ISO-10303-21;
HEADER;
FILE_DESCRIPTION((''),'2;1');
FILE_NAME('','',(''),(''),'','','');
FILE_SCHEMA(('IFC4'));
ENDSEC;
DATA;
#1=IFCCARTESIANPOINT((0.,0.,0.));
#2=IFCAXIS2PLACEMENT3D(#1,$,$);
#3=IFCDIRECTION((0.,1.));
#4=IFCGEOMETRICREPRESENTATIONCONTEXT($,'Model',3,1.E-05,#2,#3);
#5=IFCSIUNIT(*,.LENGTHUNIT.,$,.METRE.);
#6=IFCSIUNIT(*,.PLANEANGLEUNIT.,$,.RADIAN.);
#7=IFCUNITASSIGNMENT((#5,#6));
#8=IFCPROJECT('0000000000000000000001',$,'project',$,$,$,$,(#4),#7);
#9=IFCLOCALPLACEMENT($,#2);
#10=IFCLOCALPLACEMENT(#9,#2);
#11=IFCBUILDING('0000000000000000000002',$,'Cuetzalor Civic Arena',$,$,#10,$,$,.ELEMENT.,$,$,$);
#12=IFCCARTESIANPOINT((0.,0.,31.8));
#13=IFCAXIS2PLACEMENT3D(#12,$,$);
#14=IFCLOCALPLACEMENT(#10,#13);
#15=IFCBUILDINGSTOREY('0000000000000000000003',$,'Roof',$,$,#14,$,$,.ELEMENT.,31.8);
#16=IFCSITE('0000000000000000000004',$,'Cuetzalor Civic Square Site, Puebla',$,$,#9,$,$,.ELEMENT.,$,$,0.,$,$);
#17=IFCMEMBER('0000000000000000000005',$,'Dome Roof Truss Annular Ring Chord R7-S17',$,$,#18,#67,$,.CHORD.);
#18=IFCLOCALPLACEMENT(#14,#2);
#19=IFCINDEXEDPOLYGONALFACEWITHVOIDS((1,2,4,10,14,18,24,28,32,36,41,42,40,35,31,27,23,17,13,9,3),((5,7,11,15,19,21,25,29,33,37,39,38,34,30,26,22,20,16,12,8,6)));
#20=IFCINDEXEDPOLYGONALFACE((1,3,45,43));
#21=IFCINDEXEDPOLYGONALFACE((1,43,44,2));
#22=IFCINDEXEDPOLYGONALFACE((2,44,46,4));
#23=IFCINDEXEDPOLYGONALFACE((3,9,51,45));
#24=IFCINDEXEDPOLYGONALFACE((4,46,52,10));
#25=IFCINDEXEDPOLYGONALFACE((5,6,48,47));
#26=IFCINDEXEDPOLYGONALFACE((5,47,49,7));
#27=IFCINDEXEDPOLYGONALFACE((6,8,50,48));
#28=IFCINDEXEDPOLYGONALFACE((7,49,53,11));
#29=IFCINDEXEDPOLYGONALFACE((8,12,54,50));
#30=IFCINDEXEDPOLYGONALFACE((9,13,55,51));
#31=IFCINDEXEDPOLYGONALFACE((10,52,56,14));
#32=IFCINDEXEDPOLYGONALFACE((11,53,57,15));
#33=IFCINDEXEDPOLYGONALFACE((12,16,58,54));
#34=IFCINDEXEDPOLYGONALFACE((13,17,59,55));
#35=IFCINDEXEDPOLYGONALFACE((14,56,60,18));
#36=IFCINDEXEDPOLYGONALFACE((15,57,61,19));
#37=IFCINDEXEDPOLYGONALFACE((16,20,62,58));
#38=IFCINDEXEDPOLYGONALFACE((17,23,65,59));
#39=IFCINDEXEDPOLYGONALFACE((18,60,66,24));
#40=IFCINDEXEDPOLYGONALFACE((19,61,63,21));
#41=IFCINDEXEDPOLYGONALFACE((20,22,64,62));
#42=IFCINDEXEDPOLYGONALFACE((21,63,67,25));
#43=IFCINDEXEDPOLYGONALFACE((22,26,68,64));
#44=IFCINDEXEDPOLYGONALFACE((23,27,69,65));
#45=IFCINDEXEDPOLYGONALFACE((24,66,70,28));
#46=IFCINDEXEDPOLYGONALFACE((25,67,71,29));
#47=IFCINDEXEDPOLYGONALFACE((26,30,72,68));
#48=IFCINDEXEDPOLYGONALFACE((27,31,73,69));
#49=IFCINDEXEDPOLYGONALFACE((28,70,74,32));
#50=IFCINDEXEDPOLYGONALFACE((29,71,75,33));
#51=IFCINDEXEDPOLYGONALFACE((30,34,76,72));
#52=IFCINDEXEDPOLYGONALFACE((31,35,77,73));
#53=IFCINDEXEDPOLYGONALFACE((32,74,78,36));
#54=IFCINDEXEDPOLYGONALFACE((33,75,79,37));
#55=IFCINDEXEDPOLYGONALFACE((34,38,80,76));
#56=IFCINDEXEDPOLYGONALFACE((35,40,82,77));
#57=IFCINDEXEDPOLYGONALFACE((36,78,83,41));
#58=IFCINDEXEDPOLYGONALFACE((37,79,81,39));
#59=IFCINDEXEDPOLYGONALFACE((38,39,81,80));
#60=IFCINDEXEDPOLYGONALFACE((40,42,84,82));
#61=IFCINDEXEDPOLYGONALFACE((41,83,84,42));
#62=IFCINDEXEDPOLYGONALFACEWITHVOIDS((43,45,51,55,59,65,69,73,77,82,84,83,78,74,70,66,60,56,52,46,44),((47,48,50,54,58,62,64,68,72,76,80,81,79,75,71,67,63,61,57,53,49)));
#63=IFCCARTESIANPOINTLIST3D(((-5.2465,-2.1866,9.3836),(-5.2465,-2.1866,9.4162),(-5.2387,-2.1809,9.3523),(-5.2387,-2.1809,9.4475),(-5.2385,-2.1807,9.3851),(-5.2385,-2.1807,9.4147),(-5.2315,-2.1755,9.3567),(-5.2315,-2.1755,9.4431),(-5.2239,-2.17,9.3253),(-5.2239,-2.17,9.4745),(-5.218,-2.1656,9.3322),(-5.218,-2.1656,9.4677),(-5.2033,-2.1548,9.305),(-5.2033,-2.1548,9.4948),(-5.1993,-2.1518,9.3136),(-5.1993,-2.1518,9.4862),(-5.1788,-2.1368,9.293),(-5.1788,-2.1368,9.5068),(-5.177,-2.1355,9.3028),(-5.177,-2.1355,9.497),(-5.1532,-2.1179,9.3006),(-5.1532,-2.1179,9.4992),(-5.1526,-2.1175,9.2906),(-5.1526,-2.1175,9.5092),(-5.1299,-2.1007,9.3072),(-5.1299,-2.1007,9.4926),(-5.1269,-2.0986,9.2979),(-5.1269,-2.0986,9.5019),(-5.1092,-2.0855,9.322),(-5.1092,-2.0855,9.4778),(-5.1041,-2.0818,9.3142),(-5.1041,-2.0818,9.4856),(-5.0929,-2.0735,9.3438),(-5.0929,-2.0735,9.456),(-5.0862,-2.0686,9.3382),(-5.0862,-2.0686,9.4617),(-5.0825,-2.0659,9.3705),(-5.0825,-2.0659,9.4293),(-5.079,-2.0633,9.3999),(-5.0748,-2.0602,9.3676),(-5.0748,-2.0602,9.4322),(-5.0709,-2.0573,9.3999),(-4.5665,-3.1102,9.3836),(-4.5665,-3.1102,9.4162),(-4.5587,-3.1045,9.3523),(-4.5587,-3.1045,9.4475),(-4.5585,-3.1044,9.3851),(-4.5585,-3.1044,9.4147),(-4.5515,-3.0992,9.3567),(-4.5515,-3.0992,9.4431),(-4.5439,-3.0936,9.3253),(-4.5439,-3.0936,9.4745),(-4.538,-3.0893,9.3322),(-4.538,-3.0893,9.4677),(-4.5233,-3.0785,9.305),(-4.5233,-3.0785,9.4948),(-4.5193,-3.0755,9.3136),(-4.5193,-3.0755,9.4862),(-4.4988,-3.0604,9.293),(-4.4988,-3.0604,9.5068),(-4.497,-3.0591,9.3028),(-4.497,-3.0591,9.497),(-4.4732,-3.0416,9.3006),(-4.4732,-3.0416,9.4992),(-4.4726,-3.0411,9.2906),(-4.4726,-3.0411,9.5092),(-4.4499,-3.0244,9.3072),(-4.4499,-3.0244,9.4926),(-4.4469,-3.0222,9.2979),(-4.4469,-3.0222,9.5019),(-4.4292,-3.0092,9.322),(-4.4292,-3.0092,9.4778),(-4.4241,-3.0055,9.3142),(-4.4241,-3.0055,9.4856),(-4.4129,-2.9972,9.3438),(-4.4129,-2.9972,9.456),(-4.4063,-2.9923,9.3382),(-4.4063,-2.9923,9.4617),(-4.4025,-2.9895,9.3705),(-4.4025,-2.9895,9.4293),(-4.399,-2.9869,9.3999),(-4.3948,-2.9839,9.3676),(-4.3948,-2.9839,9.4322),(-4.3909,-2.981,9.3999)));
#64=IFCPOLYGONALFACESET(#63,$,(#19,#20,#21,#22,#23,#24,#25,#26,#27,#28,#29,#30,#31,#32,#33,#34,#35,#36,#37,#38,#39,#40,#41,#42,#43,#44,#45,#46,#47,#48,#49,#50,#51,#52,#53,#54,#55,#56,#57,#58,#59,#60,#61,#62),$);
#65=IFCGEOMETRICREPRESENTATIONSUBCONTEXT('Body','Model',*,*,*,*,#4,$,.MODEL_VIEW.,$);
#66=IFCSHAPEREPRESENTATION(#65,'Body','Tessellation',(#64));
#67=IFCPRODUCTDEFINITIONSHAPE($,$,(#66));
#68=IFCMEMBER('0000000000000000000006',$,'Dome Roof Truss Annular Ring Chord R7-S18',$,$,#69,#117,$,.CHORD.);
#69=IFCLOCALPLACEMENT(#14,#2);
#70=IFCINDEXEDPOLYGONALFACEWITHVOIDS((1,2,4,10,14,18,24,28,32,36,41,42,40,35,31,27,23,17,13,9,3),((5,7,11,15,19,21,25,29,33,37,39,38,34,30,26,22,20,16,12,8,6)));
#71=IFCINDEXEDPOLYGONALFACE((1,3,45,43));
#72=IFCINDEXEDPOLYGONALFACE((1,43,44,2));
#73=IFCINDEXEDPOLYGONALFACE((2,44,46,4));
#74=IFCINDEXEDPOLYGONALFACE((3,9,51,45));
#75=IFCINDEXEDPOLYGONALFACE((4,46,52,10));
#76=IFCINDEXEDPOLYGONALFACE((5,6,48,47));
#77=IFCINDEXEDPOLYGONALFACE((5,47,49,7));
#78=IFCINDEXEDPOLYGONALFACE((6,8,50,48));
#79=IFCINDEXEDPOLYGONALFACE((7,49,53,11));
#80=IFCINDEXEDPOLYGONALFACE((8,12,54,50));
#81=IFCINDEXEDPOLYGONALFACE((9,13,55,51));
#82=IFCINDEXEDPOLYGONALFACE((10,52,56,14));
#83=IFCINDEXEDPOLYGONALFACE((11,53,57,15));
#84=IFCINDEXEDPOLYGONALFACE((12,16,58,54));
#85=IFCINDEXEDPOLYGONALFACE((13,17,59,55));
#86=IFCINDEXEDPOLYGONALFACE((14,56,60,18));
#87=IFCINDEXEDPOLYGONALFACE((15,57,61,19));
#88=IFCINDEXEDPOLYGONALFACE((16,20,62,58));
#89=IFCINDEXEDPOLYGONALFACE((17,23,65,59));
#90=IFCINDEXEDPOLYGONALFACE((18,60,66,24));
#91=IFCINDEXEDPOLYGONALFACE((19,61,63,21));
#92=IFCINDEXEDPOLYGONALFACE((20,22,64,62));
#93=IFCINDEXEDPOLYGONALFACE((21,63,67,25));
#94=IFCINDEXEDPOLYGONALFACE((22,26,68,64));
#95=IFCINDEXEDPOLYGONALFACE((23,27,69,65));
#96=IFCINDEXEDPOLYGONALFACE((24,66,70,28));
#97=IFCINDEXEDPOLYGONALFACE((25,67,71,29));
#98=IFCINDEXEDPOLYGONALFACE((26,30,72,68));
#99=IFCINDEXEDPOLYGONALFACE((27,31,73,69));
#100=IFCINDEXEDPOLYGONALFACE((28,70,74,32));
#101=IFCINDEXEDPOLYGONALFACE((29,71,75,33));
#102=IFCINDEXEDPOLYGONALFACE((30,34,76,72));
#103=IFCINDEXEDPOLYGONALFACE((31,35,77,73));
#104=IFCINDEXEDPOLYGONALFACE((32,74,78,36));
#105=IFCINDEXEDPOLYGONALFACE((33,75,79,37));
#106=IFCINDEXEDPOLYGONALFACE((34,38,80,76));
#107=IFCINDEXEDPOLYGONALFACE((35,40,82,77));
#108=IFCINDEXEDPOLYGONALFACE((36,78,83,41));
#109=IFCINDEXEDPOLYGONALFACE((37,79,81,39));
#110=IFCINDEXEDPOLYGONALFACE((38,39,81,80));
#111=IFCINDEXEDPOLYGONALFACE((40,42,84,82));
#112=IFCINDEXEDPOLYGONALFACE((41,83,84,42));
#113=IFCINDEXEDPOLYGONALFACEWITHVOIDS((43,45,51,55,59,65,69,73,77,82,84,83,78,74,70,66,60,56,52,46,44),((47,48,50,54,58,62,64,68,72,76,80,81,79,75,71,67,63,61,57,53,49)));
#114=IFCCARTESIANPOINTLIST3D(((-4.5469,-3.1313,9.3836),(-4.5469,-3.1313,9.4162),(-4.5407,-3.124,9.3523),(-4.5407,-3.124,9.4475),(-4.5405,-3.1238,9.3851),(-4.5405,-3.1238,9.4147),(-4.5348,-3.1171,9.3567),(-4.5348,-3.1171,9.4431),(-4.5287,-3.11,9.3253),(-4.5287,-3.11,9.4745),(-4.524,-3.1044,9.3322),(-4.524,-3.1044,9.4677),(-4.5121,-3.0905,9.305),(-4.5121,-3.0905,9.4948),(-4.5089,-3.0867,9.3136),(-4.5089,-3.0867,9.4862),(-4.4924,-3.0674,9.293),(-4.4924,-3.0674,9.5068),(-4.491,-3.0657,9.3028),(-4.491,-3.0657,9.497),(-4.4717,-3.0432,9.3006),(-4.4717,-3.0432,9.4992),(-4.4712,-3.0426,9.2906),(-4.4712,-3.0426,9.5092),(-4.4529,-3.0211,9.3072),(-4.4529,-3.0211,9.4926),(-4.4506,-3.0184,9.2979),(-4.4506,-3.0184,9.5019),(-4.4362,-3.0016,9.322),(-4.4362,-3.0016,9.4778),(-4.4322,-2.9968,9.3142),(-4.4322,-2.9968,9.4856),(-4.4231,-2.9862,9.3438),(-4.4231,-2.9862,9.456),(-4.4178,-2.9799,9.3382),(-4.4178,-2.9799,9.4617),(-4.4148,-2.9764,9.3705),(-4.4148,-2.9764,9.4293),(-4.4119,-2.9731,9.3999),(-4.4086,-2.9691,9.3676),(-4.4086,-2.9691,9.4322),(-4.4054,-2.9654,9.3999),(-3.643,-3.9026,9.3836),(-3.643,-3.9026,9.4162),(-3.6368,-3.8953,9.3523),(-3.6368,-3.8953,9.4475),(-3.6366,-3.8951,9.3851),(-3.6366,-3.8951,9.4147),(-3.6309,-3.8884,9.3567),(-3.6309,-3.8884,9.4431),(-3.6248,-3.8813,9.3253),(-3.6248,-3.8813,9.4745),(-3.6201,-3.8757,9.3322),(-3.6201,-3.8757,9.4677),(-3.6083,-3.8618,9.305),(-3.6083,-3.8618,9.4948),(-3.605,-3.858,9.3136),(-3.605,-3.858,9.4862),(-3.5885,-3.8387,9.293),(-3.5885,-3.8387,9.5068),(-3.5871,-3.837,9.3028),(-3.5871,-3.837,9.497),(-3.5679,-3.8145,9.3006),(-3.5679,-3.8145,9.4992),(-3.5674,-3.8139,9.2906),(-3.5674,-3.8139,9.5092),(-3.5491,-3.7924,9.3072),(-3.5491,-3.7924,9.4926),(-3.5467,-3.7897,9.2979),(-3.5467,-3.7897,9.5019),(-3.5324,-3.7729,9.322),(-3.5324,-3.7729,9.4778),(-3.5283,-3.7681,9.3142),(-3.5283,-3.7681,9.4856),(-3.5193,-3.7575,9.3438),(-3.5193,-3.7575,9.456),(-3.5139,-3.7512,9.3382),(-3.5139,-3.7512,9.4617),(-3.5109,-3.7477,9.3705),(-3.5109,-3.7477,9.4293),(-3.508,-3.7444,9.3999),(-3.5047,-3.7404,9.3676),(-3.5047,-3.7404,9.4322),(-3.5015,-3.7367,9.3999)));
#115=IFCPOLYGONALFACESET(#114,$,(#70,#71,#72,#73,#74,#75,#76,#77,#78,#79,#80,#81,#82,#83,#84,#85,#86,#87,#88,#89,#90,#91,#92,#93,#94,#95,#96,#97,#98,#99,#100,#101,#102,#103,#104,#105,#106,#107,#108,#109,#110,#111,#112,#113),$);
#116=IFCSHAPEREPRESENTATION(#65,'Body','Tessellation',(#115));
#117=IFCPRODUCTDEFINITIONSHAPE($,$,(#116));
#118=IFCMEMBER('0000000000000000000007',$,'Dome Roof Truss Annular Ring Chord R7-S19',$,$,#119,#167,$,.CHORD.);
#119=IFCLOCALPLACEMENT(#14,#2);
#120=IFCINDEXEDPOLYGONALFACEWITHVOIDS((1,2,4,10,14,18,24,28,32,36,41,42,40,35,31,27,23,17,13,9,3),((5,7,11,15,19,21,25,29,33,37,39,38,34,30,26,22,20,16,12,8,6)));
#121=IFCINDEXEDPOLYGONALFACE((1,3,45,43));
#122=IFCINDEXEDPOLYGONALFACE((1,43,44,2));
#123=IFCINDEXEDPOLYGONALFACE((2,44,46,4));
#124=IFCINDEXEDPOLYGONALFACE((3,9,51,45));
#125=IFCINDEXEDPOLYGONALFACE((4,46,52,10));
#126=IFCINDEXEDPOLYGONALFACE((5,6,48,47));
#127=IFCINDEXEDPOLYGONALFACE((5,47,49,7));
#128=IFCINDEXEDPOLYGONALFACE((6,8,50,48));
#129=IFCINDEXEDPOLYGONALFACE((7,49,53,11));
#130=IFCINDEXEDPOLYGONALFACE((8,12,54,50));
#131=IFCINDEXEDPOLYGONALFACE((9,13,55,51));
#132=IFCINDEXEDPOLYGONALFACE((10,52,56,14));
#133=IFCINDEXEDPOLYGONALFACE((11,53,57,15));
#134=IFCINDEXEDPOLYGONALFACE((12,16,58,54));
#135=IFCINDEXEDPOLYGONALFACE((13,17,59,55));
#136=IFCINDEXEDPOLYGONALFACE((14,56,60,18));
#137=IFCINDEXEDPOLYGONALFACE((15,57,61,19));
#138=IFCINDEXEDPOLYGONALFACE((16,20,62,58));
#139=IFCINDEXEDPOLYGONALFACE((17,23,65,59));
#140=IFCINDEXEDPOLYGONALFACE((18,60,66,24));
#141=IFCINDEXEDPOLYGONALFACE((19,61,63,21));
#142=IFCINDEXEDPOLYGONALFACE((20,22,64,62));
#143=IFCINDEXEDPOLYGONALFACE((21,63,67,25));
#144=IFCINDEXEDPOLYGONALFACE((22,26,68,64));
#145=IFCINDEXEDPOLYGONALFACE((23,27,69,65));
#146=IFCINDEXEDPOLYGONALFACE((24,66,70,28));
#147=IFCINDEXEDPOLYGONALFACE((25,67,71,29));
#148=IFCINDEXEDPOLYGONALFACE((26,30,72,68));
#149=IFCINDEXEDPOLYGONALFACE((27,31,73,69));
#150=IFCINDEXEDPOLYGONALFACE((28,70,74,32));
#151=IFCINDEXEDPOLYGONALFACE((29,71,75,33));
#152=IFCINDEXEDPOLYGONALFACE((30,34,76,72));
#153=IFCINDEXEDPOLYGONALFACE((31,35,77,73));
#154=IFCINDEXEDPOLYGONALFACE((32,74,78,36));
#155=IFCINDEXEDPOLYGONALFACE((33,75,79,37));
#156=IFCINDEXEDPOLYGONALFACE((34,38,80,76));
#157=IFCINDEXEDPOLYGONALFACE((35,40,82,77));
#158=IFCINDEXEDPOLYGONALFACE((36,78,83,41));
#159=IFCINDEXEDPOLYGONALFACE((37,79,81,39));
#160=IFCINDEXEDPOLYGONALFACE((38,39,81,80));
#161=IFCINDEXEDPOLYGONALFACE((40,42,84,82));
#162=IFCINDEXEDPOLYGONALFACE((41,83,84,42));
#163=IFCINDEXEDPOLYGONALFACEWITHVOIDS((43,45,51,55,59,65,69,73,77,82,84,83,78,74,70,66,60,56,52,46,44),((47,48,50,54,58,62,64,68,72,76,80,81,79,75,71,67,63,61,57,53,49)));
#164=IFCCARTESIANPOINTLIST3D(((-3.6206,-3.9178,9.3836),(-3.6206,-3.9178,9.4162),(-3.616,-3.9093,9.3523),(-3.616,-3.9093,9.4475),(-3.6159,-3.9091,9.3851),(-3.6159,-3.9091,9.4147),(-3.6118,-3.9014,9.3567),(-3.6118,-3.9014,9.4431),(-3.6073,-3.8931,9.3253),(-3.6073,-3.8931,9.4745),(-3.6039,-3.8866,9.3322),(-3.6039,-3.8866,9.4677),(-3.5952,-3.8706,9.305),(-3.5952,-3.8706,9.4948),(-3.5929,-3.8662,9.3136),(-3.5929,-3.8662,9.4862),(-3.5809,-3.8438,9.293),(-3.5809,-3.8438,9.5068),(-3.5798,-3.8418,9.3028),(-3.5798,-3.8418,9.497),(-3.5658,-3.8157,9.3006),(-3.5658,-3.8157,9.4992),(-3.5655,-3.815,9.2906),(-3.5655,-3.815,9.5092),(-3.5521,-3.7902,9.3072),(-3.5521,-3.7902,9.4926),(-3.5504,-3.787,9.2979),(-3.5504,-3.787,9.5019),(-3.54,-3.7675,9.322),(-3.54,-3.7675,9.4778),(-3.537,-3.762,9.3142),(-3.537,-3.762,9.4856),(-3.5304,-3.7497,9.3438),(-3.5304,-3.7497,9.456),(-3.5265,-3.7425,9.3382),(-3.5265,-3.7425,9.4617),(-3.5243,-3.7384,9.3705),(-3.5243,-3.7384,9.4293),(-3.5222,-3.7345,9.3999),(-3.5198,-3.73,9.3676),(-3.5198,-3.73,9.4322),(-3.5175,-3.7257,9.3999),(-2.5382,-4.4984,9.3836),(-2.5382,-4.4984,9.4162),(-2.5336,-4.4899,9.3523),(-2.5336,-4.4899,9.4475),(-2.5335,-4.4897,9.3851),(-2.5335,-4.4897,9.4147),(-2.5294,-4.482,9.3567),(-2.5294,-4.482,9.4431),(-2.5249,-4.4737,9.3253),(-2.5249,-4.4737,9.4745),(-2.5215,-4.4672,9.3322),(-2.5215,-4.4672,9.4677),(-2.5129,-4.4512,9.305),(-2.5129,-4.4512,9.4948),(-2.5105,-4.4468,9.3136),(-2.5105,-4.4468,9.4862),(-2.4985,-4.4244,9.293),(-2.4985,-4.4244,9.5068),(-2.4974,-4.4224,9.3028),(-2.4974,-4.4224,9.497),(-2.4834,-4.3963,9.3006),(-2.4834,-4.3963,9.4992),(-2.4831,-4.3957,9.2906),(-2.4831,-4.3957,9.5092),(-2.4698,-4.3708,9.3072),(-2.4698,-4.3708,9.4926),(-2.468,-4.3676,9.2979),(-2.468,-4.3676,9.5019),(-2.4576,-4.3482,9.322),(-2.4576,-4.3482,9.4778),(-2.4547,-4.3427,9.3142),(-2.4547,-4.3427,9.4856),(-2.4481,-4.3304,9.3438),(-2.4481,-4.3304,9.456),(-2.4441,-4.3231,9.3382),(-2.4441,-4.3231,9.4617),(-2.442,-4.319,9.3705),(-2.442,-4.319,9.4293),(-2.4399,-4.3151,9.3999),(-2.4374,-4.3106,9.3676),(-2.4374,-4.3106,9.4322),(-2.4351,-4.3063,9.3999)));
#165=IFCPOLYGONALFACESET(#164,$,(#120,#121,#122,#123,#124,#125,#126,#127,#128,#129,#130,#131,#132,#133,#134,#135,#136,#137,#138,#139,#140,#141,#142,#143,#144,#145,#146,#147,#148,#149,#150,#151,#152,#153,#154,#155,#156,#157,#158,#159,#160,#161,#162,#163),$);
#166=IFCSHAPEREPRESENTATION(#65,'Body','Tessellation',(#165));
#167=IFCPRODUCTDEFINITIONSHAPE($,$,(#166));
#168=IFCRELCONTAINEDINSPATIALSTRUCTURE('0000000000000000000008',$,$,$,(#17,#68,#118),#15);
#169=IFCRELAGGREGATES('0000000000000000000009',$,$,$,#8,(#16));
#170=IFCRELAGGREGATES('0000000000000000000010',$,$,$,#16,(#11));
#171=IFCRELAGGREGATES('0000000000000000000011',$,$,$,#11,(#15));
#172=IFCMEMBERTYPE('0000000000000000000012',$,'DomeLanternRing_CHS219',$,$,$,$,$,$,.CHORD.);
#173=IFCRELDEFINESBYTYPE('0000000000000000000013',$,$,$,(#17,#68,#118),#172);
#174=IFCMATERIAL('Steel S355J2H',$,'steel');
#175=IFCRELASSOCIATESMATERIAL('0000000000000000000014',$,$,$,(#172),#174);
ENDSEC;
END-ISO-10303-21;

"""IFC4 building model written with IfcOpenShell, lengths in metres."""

from ifc_helpers import new_model, si_unit, direction, frame, origin, origin_2d, place, context, subcontext, project, spatial, hollow_circle, extrude, material, material_profile, profile_set, type_object, element, save


model = new_model("IFC4")

# Units and contexts
model_context = context("Model", 3, precision=1e-05, world=origin(), true_north=direction((0.0, 1.0)))
body_context = subcontext(model_context, "Body", "Model", "MODEL_VIEW")
ifc_project = project(units=[si_unit("LENGTHUNIT", "METRE"), si_unit("PLANEANGLEUNIT", "RADIAN")], contexts=[model_context])

# Site, building, storey
site_placement = place(None, origin())
site = spatial("IfcSite", under=ifc_project, at=site_placement, Name="Cuetzalor Civic Square Site, Puebla", CompositionType="ELEMENT", RefElevation=0.0)
building_placement = place(site_placement, origin())
building = spatial("IfcBuilding", under=site, at=building_placement, Name="Cuetzalor Civic Arena", CompositionType="ELEMENT")
storey_placement = place(building_placement, frame((0.0, 0.0, 31.8)))
storey = spatial("IfcBuildingStorey", under=building, at=storey_placement, Name="Roof", CompositionType="ELEMENT", Elevation=31.8)

# Members
ifc_material_1 = material(Name="Steel S355J2H", Category="steel")
ifc_material_profile_1 = material_profile(ifc_material_1, hollow_circle(Radius=0.1096, WallThickness=0.01, at=origin_2d()), Name="CHS 219.1x10")
ifc_profile_set_1 = profile_set([ifc_material_profile_1], Name="Steel S355J2H")
member_type_1 = type_object("IfcMemberType", Name="DomeLanternRing_CHS219", PredefinedType="CHORD", material=ifc_profile_set_1)
member_1_placement = place(storey_placement, frame((-5.1592, -2.1223, 9.3999), z_axis=(0.592858, -0.805307, 0.0), x_axis=(0.805307, 0.592858, 0.0)))
element("IfcMember", 1, at=member_1_placement, inside=storey, type_object=member_type_1, Name="Dome Roof Truss Annular Ring Chord R7-S17", PredefinedType="CHORD", context=body_context, shape_type="SweptSolid", body=[
    extrude(hollow_circle(Radius=0.1096, WallThickness=0.01, at=origin_2d()), origin(), (0.0, 0.0, 1.0), 1.147),
])
member_2_placement = place(storey_placement, frame((-4.4766, -3.0488, 9.3999), z_axis=(0.760691, -0.649115, 0.0), x_axis=(0.649115, 0.760691, 0.0)))
element("IfcMember", 2, at=member_2_placement, inside=storey, type_object=member_type_1, Name="Dome Roof Truss Annular Ring Chord R7-S18", PredefinedType="CHORD", context=body_context, shape_type="SweptSolid", body=[
    extrude(hollow_circle(Radius=0.1096, WallThickness=0.01, at=origin_2d()), origin(), (0.0, 0.0, 1.0), 1.1882),
])
member_3_placement = place(storey_placement, frame((-3.5693, -3.8223, 9.3999), z_axis=(0.881217, -0.472712, 0.0), x_axis=(0.472712, 0.881217, 0.0)))
element("IfcMember", 3, at=member_3_placement, inside=storey, type_object=member_type_1, Name="Dome Roof Truss Annular Ring Chord R7-S19", PredefinedType="CHORD", context=body_context, shape_type="SweptSolid", body=[
    extrude(hollow_circle(Radius=0.1096, WallThickness=0.01, at=origin_2d()), origin(), (0.0, 0.0, 1.0), 1.2283),
])

save(model, "model.ifc")
